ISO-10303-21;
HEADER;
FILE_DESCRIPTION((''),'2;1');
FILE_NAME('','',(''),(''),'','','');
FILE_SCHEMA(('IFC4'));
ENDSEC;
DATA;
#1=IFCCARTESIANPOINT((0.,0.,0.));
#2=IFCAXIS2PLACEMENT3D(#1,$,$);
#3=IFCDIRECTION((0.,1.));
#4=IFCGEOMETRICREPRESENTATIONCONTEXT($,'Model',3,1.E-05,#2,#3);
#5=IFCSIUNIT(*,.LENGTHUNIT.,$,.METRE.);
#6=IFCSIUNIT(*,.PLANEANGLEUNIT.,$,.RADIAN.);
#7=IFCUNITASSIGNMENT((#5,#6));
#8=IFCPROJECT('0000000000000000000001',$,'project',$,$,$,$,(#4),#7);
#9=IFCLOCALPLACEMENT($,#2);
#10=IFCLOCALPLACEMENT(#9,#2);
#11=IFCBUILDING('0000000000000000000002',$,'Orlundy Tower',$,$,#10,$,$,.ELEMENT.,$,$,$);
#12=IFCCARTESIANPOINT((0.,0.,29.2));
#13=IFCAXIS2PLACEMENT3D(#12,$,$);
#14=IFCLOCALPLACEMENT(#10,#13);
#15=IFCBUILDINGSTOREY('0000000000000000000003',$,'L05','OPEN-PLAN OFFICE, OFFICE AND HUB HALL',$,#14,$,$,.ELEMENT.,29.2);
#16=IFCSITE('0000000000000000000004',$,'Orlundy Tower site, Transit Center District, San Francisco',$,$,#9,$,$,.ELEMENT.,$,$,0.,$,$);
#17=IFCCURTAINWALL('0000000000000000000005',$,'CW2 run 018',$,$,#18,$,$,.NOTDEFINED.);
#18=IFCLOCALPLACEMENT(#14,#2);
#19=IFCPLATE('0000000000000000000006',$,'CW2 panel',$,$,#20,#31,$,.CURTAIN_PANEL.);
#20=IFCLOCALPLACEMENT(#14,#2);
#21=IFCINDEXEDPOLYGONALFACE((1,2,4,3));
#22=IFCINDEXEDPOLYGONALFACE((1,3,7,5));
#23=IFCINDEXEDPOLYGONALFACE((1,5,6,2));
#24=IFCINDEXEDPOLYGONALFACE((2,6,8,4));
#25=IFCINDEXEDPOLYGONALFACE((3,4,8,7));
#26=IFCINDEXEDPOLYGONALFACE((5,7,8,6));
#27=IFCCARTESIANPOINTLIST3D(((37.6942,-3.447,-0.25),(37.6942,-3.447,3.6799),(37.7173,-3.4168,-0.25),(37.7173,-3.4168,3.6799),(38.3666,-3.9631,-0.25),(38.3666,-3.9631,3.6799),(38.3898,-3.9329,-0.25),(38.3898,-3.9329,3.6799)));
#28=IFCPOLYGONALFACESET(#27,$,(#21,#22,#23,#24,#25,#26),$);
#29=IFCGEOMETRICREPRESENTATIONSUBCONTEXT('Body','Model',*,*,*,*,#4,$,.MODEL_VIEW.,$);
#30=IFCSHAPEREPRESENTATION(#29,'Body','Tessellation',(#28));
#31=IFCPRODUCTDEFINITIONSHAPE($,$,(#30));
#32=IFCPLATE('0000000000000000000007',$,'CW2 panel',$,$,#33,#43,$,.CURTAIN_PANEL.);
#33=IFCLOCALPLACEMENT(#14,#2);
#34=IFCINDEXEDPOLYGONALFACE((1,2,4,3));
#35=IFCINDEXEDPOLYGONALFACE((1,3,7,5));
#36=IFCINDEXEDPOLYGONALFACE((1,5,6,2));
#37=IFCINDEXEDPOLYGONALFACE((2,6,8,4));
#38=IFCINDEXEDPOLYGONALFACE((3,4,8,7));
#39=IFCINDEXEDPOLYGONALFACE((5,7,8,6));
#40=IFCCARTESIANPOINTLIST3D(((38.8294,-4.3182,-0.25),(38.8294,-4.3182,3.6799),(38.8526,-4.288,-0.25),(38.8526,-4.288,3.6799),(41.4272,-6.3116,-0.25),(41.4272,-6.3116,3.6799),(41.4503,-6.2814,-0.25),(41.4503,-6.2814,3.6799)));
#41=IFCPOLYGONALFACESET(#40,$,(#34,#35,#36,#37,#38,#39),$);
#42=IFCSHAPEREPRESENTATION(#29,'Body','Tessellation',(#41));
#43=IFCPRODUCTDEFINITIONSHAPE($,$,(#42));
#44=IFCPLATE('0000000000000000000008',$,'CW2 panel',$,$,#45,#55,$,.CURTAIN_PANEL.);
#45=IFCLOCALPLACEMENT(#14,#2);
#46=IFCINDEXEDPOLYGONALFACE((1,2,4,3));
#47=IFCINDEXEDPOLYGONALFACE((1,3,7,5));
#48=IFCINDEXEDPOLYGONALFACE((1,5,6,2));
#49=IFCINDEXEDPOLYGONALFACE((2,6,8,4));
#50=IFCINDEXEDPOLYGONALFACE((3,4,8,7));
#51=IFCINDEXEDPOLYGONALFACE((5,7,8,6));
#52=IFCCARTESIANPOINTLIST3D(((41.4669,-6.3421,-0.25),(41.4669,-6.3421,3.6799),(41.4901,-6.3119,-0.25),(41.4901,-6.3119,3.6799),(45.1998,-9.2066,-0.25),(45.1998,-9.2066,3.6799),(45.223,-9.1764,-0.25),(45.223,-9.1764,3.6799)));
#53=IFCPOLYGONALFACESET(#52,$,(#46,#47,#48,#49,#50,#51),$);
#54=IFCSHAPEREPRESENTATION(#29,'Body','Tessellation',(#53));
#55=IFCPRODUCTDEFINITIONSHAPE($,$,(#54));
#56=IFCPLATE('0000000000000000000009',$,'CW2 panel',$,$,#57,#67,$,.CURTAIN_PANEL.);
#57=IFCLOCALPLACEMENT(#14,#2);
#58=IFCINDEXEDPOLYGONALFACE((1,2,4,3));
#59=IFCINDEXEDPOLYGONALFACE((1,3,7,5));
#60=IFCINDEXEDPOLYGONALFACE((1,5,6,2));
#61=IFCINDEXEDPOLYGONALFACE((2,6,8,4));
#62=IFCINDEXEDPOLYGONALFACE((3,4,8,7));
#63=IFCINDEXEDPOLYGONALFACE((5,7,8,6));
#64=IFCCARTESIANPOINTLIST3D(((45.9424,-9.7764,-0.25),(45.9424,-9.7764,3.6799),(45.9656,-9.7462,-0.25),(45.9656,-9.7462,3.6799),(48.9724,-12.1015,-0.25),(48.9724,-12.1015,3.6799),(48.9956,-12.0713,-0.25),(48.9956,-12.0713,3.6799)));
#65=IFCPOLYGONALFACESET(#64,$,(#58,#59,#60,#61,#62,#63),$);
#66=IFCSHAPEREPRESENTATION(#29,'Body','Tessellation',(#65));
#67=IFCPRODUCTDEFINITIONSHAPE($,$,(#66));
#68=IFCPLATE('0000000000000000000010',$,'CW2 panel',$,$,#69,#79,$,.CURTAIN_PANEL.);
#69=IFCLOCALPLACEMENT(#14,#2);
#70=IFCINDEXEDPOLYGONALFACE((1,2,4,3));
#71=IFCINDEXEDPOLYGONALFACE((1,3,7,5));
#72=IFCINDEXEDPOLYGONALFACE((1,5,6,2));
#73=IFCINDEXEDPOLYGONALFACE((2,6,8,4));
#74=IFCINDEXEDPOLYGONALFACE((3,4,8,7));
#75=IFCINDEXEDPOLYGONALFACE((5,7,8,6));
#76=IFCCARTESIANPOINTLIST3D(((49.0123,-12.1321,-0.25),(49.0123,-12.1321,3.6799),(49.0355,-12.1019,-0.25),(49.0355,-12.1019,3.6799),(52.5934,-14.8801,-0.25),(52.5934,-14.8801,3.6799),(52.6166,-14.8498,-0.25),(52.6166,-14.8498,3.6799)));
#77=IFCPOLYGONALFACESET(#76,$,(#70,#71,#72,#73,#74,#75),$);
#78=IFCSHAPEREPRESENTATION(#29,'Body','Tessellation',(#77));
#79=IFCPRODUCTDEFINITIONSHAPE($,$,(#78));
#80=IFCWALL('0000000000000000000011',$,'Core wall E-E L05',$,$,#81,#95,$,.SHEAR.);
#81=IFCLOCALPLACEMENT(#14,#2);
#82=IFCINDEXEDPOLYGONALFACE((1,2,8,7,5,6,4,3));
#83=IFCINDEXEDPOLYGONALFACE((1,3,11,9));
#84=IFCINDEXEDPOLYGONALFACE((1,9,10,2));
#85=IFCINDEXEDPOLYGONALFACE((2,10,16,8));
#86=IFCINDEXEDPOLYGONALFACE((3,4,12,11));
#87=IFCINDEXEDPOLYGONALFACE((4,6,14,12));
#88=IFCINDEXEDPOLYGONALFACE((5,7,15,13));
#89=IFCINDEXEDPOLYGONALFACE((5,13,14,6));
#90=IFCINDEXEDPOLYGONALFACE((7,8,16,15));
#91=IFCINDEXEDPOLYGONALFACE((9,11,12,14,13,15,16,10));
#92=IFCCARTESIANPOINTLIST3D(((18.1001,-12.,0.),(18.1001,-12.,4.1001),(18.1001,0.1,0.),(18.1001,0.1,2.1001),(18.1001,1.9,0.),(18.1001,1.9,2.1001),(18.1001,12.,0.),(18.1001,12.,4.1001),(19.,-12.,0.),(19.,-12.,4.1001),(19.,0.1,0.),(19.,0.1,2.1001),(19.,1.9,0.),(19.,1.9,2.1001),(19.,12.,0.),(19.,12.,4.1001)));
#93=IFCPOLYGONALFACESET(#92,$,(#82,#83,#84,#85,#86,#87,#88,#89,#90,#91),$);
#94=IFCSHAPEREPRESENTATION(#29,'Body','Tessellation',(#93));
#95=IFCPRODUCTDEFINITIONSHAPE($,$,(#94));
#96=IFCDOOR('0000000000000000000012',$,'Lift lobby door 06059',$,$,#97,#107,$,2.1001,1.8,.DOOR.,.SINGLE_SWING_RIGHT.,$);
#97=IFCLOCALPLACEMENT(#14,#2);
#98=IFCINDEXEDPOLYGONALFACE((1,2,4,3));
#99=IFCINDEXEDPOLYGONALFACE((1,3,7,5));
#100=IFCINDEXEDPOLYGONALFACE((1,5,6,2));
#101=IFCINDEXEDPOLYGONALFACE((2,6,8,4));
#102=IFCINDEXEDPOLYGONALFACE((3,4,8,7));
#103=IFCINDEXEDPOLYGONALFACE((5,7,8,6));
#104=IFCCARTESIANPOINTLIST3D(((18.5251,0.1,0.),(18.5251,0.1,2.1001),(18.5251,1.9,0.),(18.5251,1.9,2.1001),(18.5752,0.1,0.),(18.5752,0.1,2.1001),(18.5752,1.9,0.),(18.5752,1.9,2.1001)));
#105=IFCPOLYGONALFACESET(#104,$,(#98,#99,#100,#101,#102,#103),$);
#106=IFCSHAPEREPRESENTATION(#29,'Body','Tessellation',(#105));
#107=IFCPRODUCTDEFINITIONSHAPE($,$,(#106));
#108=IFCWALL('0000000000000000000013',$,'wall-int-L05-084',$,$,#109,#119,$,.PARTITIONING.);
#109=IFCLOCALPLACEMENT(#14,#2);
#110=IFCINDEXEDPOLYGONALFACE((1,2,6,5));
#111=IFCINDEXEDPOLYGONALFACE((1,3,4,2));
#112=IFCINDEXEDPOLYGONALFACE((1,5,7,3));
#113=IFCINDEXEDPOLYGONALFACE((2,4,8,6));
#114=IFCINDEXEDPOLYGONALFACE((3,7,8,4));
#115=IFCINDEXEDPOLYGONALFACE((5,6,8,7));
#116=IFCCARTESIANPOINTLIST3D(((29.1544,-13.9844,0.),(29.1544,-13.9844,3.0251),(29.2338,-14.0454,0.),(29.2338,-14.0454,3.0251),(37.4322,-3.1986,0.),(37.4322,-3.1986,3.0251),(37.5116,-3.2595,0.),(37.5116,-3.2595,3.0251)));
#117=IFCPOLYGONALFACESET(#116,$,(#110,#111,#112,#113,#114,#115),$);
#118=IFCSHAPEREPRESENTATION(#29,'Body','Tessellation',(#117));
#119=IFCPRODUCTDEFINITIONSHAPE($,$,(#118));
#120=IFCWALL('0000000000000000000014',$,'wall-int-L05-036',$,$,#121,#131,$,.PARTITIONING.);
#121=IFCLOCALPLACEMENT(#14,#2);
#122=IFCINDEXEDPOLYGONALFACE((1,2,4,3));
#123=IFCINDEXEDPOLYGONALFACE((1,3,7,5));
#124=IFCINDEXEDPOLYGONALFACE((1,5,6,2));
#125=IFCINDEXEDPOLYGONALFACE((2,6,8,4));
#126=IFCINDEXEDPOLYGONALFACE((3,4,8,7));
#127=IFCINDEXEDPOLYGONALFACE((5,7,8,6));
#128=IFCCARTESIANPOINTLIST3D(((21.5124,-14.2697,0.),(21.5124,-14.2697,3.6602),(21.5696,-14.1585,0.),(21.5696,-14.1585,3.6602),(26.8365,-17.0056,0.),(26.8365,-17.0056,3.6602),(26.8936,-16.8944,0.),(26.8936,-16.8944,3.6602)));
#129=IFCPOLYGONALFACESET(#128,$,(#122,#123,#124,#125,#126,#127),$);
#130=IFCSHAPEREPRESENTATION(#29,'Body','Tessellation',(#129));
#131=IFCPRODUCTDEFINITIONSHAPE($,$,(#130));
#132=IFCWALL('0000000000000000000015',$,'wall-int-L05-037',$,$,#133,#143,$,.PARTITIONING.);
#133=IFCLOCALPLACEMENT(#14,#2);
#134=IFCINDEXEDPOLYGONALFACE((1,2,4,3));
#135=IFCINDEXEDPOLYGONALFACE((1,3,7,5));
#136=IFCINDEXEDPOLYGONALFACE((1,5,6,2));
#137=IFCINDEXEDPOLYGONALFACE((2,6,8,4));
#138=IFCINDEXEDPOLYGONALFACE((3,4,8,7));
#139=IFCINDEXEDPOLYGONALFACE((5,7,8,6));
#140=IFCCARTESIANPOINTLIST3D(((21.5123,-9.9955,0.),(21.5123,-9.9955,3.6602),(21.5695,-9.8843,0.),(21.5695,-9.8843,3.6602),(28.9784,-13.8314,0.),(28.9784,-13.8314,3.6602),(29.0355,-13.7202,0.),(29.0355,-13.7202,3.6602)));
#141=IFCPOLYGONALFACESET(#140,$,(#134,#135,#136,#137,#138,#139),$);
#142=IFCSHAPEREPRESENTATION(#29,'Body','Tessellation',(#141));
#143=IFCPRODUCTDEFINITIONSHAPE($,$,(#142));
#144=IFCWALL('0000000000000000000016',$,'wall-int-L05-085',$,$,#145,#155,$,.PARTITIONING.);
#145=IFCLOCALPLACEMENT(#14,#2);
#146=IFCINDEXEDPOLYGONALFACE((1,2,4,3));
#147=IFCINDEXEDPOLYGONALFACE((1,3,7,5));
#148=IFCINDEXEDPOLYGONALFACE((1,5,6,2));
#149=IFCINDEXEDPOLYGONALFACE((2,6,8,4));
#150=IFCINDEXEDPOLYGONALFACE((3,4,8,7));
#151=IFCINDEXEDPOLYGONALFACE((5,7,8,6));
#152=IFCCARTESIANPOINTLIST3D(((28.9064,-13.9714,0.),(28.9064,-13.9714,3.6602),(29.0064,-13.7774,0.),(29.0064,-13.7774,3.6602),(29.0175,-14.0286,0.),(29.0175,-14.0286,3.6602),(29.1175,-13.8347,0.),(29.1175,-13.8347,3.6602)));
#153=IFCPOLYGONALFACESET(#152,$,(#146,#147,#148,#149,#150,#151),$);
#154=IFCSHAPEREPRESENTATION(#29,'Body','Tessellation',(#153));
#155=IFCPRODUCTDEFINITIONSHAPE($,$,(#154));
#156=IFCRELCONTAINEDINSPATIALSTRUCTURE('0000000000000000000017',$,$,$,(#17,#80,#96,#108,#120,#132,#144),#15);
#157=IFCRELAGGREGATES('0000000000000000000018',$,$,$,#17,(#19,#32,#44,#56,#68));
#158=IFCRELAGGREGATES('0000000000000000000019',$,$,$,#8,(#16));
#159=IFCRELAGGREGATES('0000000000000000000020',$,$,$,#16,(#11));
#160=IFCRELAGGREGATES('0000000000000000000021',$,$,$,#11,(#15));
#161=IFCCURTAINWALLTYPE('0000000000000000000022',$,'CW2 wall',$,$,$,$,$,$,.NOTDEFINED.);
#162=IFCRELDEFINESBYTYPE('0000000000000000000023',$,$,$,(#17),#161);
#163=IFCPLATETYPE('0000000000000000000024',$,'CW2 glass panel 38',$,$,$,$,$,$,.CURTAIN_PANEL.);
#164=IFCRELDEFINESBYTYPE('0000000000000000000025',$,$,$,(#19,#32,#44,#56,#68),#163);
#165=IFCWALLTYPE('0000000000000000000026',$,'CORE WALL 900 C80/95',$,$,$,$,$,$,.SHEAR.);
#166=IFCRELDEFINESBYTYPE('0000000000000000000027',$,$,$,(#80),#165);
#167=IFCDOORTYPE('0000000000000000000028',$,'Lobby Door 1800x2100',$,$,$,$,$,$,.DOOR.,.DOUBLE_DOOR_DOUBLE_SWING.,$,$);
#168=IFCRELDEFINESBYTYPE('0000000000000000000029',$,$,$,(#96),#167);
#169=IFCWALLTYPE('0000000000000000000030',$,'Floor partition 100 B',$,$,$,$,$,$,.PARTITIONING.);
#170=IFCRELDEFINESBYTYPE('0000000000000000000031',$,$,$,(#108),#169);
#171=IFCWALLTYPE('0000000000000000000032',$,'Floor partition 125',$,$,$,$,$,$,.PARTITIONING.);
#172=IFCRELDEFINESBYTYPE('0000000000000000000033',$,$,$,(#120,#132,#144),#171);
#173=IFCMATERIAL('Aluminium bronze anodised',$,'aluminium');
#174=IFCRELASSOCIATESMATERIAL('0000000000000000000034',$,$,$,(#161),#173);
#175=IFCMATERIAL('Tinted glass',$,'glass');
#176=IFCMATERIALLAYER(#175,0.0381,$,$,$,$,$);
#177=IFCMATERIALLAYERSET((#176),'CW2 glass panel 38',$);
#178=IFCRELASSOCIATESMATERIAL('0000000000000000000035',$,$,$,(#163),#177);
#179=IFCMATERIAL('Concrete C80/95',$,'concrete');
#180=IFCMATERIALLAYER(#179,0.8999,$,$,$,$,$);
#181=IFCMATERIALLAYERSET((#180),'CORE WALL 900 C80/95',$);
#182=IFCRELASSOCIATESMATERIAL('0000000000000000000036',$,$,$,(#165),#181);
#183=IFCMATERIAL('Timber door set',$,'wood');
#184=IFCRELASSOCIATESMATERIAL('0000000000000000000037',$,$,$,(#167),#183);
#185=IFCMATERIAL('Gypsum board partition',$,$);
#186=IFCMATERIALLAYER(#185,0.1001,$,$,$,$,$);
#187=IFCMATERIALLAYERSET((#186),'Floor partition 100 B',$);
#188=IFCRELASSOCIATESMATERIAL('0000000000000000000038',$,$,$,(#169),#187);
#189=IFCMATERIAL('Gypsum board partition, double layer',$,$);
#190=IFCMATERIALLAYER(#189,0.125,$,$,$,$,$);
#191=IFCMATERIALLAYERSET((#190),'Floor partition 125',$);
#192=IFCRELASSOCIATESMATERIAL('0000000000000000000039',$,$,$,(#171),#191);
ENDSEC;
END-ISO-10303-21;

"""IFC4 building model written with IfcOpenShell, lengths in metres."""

from ifc_helpers import new_model, si_unit, direction, frame, frame_2d, origin, origin_2d, place, context, subcontext, project, spatial, rectangle, extrude, material, layer, layer_set, type_object, element, fill, aggregate, save


model = new_model("IFC4")

# Units and contexts
model_context = context("Model", 3, precision=1e-05, world=origin(), true_north=direction((0.0, 1.0)))
body_context = subcontext(model_context, "Body", "Model", "MODEL_VIEW")
ifc_project = project(units=[si_unit("LENGTHUNIT", "METRE"), si_unit("PLANEANGLEUNIT", "RADIAN")], contexts=[model_context])

# Site, building, storey
site_placement = place(None, origin())
site = spatial("IfcSite", under=ifc_project, at=site_placement, Name="Orlundy Tower site, Transit Center District, San Francisco", CompositionType="ELEMENT", RefElevation=0.0)
building_placement = place(site_placement, origin())
building = spatial("IfcBuilding", under=site, at=building_placement, Name="Orlundy Tower", CompositionType="ELEMENT")
storey_placement = place(building_placement, frame((0.0, 0.0, 29.2)))
storey = spatial("IfcBuildingStorey", under=building, at=storey_placement, Name="L05", Description="OPEN-PLAN OFFICE, OFFICE AND HUB HALL", CompositionType="ELEMENT", Elevation=29.2)

# Curtain wall, plates
ifc_material_1 = material(Name="Aluminium bronze anodised", Category="aluminium")
curtain_wall_type = type_object("IfcCurtainWallType", Name="CW2 wall", PredefinedType="NOTDEFINED", material=ifc_material_1)
curtain_wall_placement = place(storey_placement, origin())
curtain_wall = element("IfcCurtainWall", 1, at=curtain_wall_placement, inside=storey, type_object=curtain_wall_type, Name="CW2 run 018", PredefinedType="NOTDEFINED")
ifc_material_2 = material(Name="Tinted glass", Category="glass")
ifc_layer_1 = layer(ifc_material_2, 0.0381)
ifc_layer_set_1 = layer_set([ifc_layer_1], Name="CW2 glass panel 38")
plate_type = type_object("IfcPlateType", Name="CW2 glass panel 38", PredefinedType="CURTAIN_PANEL", material=ifc_layer_set_1)
plate_1_placement = place(storey_placement, frame((38.042, -3.6899, -0.25), z_axis=(0.0, 0.0, 1.0), x_axis=(0.79334, -0.608779, 0.0)))
plate_1 = element("IfcPlate", 2, at=plate_1_placement, type_object=plate_type, Name="CW2 panel", PredefinedType="CURTAIN_PANEL", context=body_context, shape_type="SweptSolid", body=[
    extrude(rectangle(XDim=0.8477, YDim=0.0381, at=origin_2d()), origin(), (0.0, 0.0, 1.0), 3.9299),
])
plate_2_placement = place(storey_placement, frame((40.1399, -5.2998, -0.25), z_axis=(0.0, 0.0, 1.0), x_axis=(0.79334, -0.608779, 0.0)))
plate_2 = element("IfcPlate", 3, at=plate_2_placement, type_object=plate_type, Name="CW2 panel", PredefinedType="CURTAIN_PANEL", context=body_context, shape_type="SweptSolid", body=[
    extrude(rectangle(XDim=3.2744, YDim=0.0381, at=origin_2d()), origin(), (0.0, 0.0, 1.0), 3.9299),
])
plate_3_placement = place(storey_placement, frame((43.345, -7.7593, -0.25), z_axis=(0.0, 0.0, 1.0), x_axis=(0.79334, -0.608779, 0.0)))
plate_3 = element("IfcPlate", 4, at=plate_3_placement, type_object=plate_type, Name="CW2 panel", PredefinedType="CURTAIN_PANEL", context=body_context, shape_type="SweptSolid", body=[
    extrude(rectangle(XDim=4.7053, YDim=0.0381, at=origin_2d()), origin(), (0.0, 0.0, 1.0), 3.9299),
])
plate_4_placement = place(storey_placement, frame((47.469, -10.9238, -0.25), z_axis=(0.0, 0.0, 1.0), x_axis=(0.79334, -0.608779, 0.0)))
plate_4 = element("IfcPlate", 5, at=plate_4_placement, type_object=plate_type, Name="CW2 panel", PredefinedType="CURTAIN_PANEL", context=body_context, shape_type="SweptSolid", body=[
    extrude(rectangle(XDim=3.8193, YDim=0.0381, at=origin_2d()), origin(), (0.0, 0.0, 1.0), 3.9299),
])
plate_5_placement = place(storey_placement, frame((50.8145, -13.491, -0.25), z_axis=(0.0, 0.0, 1.0), x_axis=(0.79334, -0.608779, 0.0)))
plate_5 = element("IfcPlate", 6, at=plate_5_placement, type_object=plate_type, Name="CW2 panel", PredefinedType="CURTAIN_PANEL", context=body_context, shape_type="SweptSolid", body=[
    extrude(rectangle(XDim=4.5139, YDim=0.0381, at=origin_2d()), origin(), (0.0, 0.0, 1.0), 3.9299),
])
aggregate(curtain_wall, [plate_1, plate_2, plate_3, plate_4, plate_5])

# Wall, opening, door
ifc_material_3 = material(Name="Concrete C80/95", Category="concrete")
ifc_layer_2 = layer(ifc_material_3, 0.8999)
ifc_layer_set_2 = layer_set([ifc_layer_2], Name="CORE WALL 900 C80/95")
wall_type_1 = type_object("IfcWallType", Name="CORE WALL 900 C80/95", PredefinedType="SHEAR", material=ifc_layer_set_2)
wall_1_placement = place(storey_placement, frame((18.55, -12.0, 0.0), z_axis=(0.0, 0.0, 1.0), x_axis=(0.0, 1.0, 0.0)))
wall_1 = element("IfcWall", 7, at=wall_1_placement, inside=storey, type_object=wall_type_1, Name="Core wall E-E L05", PredefinedType="SHEAR", context=body_context, shape_type="SweptSolid", body=[
    extrude(rectangle(XDim=24.0, YDim=0.8999, at=frame_2d((12.0, 0.0))), origin(), (0.0, 0.0, 1.0), 4.1001),
])
opening_1_placement = place(wall_1_placement, frame((12.1001, 0.0, 0.0)))
opening_1 = element("IfcOpeningElement", 8, at=opening_1_placement, cuts=wall_1, PredefinedType="OPENING", context=body_context, shape_type="SweptSolid", body=[
    extrude(rectangle(XDim=1.8, YDim=2.1001, at=frame_2d((0.8999, 1.05))), frame((0.0, 0.46, 0.0), z_axis=(0.0, -1.0, 0.0), x_axis=(1.0, 0.0, 0.0)), (0.0, 0.0, 1.0), 0.9199),
])
ifc_material_4 = material(Name="Timber door set", Category="wood")
door_type_1 = type_object("IfcDoorType", Name="Lobby Door 1800x2100", OperationType="DOUBLE_DOOR_DOUBLE_SWING", PredefinedType="DOOR", material=ifc_material_4)
door_1_placement = place(opening_1_placement, origin())
door_1 = element("IfcDoor", 9, at=door_1_placement, inside=storey, type_object=door_type_1, Name="Lift lobby door 06059", OperationType="SINGLE_SWING_RIGHT", OverallHeight=2.1001, OverallWidth=1.8, PredefinedType="DOOR", context=body_context, shape_type="SweptSolid", body=[
    extrude(rectangle(XDim=1.8, YDim=2.1001, at=frame_2d((0.8999, 1.05))), frame((0.0, 0.0249, 0.0), z_axis=(0.0, -1.0, 0.0), x_axis=(1.0, 0.0, 0.0)), (0.0, 0.0, 1.0), 0.05),
])
fill(opening_1, door_1)

# Walls
ifc_material_5 = material(Name="Gypsum board partition")
ifc_layer_3 = layer(ifc_material_5, 0.1001)
ifc_layer_set_3 = layer_set([ifc_layer_3], Name="Floor partition 100 B")
wall_type_2 = type_object("IfcWallType", Name="Floor partition 100 B", PredefinedType="PARTITIONING", material=ifc_layer_set_3)
wall_2_placement = place(storey_placement, frame((29.1941, -14.0149, 0.0), z_axis=(0.0, 0.0, 1.0), x_axis=(0.608832, 0.793299, 0.0)))
element("IfcWall", 10, at=wall_2_placement, inside=storey, type_object=wall_type_2, Name="wall-int-L05-084", PredefinedType="PARTITIONING", context=body_context, shape_type="SweptSolid", body=[
    extrude(rectangle(XDim=13.5962, YDim=0.1001, at=frame_2d((6.7981, 0.0))), origin(), (0.0, 0.0, 1.0), 3.0251),
])
ifc_material_6 = material(Name="Gypsum board partition, double layer")
ifc_layer_4 = layer(ifc_material_6, 0.125)
ifc_layer_set_4 = layer_set([ifc_layer_4], Name="Floor partition 125")
wall_type_3 = type_object("IfcWallType", Name="Floor partition 125", PredefinedType="PARTITIONING", material=ifc_layer_set_4)
wall_3_placement = place(storey_placement, frame((21.541, -14.2141, 0.0), z_axis=(0.0, 0.0, 1.0), x_axis=(0.889438, -0.457057, 0.0)))
element("IfcWall", 11, at=wall_3_placement, inside=storey, type_object=wall_type_3, Name="wall-int-L05-036", PredefinedType="PARTITIONING", context=body_context, shape_type="SweptSolid", body=[
    extrude(rectangle(XDim=5.9858, YDim=0.125, at=frame_2d((2.9929, 0.0))), origin(), (0.0, 0.0, 1.0), 3.6602),
])
wall_4_placement = place(storey_placement, frame((21.541, -9.9399, 0.0), z_axis=(0.0, 0.0, 1.0), x_axis=(0.88947, -0.456994, 0.0)))
element("IfcWall", 12, at=wall_4_placement, inside=storey, type_object=wall_type_3, Name="wall-int-L05-037", PredefinedType="PARTITIONING", context=body_context, shape_type="SweptSolid", body=[
    extrude(rectangle(XDim=8.3938, YDim=0.125, at=frame_2d((4.1968, 0.0))), origin(), (0.0, 0.0, 1.0), 3.6602),
])
wall_5_placement = place(storey_placement, frame((28.9619, -14.0, 0.0), z_axis=(0.0, 0.0, 1.0), x_axis=(0.458358, 0.888768, 0.0)))
element("IfcWall", 13, at=wall_5_placement, inside=storey, type_object=wall_type_3, Name="wall-int-L05-085", PredefinedType="PARTITIONING", context=body_context, shape_type="SweptSolid", body=[
    extrude(rectangle(XDim=0.2183, YDim=0.125, at=frame_2d((0.1091, 0.0))), origin(), (0.0, 0.0, 1.0), 3.6602),
])

save(model, "model.ifc")
